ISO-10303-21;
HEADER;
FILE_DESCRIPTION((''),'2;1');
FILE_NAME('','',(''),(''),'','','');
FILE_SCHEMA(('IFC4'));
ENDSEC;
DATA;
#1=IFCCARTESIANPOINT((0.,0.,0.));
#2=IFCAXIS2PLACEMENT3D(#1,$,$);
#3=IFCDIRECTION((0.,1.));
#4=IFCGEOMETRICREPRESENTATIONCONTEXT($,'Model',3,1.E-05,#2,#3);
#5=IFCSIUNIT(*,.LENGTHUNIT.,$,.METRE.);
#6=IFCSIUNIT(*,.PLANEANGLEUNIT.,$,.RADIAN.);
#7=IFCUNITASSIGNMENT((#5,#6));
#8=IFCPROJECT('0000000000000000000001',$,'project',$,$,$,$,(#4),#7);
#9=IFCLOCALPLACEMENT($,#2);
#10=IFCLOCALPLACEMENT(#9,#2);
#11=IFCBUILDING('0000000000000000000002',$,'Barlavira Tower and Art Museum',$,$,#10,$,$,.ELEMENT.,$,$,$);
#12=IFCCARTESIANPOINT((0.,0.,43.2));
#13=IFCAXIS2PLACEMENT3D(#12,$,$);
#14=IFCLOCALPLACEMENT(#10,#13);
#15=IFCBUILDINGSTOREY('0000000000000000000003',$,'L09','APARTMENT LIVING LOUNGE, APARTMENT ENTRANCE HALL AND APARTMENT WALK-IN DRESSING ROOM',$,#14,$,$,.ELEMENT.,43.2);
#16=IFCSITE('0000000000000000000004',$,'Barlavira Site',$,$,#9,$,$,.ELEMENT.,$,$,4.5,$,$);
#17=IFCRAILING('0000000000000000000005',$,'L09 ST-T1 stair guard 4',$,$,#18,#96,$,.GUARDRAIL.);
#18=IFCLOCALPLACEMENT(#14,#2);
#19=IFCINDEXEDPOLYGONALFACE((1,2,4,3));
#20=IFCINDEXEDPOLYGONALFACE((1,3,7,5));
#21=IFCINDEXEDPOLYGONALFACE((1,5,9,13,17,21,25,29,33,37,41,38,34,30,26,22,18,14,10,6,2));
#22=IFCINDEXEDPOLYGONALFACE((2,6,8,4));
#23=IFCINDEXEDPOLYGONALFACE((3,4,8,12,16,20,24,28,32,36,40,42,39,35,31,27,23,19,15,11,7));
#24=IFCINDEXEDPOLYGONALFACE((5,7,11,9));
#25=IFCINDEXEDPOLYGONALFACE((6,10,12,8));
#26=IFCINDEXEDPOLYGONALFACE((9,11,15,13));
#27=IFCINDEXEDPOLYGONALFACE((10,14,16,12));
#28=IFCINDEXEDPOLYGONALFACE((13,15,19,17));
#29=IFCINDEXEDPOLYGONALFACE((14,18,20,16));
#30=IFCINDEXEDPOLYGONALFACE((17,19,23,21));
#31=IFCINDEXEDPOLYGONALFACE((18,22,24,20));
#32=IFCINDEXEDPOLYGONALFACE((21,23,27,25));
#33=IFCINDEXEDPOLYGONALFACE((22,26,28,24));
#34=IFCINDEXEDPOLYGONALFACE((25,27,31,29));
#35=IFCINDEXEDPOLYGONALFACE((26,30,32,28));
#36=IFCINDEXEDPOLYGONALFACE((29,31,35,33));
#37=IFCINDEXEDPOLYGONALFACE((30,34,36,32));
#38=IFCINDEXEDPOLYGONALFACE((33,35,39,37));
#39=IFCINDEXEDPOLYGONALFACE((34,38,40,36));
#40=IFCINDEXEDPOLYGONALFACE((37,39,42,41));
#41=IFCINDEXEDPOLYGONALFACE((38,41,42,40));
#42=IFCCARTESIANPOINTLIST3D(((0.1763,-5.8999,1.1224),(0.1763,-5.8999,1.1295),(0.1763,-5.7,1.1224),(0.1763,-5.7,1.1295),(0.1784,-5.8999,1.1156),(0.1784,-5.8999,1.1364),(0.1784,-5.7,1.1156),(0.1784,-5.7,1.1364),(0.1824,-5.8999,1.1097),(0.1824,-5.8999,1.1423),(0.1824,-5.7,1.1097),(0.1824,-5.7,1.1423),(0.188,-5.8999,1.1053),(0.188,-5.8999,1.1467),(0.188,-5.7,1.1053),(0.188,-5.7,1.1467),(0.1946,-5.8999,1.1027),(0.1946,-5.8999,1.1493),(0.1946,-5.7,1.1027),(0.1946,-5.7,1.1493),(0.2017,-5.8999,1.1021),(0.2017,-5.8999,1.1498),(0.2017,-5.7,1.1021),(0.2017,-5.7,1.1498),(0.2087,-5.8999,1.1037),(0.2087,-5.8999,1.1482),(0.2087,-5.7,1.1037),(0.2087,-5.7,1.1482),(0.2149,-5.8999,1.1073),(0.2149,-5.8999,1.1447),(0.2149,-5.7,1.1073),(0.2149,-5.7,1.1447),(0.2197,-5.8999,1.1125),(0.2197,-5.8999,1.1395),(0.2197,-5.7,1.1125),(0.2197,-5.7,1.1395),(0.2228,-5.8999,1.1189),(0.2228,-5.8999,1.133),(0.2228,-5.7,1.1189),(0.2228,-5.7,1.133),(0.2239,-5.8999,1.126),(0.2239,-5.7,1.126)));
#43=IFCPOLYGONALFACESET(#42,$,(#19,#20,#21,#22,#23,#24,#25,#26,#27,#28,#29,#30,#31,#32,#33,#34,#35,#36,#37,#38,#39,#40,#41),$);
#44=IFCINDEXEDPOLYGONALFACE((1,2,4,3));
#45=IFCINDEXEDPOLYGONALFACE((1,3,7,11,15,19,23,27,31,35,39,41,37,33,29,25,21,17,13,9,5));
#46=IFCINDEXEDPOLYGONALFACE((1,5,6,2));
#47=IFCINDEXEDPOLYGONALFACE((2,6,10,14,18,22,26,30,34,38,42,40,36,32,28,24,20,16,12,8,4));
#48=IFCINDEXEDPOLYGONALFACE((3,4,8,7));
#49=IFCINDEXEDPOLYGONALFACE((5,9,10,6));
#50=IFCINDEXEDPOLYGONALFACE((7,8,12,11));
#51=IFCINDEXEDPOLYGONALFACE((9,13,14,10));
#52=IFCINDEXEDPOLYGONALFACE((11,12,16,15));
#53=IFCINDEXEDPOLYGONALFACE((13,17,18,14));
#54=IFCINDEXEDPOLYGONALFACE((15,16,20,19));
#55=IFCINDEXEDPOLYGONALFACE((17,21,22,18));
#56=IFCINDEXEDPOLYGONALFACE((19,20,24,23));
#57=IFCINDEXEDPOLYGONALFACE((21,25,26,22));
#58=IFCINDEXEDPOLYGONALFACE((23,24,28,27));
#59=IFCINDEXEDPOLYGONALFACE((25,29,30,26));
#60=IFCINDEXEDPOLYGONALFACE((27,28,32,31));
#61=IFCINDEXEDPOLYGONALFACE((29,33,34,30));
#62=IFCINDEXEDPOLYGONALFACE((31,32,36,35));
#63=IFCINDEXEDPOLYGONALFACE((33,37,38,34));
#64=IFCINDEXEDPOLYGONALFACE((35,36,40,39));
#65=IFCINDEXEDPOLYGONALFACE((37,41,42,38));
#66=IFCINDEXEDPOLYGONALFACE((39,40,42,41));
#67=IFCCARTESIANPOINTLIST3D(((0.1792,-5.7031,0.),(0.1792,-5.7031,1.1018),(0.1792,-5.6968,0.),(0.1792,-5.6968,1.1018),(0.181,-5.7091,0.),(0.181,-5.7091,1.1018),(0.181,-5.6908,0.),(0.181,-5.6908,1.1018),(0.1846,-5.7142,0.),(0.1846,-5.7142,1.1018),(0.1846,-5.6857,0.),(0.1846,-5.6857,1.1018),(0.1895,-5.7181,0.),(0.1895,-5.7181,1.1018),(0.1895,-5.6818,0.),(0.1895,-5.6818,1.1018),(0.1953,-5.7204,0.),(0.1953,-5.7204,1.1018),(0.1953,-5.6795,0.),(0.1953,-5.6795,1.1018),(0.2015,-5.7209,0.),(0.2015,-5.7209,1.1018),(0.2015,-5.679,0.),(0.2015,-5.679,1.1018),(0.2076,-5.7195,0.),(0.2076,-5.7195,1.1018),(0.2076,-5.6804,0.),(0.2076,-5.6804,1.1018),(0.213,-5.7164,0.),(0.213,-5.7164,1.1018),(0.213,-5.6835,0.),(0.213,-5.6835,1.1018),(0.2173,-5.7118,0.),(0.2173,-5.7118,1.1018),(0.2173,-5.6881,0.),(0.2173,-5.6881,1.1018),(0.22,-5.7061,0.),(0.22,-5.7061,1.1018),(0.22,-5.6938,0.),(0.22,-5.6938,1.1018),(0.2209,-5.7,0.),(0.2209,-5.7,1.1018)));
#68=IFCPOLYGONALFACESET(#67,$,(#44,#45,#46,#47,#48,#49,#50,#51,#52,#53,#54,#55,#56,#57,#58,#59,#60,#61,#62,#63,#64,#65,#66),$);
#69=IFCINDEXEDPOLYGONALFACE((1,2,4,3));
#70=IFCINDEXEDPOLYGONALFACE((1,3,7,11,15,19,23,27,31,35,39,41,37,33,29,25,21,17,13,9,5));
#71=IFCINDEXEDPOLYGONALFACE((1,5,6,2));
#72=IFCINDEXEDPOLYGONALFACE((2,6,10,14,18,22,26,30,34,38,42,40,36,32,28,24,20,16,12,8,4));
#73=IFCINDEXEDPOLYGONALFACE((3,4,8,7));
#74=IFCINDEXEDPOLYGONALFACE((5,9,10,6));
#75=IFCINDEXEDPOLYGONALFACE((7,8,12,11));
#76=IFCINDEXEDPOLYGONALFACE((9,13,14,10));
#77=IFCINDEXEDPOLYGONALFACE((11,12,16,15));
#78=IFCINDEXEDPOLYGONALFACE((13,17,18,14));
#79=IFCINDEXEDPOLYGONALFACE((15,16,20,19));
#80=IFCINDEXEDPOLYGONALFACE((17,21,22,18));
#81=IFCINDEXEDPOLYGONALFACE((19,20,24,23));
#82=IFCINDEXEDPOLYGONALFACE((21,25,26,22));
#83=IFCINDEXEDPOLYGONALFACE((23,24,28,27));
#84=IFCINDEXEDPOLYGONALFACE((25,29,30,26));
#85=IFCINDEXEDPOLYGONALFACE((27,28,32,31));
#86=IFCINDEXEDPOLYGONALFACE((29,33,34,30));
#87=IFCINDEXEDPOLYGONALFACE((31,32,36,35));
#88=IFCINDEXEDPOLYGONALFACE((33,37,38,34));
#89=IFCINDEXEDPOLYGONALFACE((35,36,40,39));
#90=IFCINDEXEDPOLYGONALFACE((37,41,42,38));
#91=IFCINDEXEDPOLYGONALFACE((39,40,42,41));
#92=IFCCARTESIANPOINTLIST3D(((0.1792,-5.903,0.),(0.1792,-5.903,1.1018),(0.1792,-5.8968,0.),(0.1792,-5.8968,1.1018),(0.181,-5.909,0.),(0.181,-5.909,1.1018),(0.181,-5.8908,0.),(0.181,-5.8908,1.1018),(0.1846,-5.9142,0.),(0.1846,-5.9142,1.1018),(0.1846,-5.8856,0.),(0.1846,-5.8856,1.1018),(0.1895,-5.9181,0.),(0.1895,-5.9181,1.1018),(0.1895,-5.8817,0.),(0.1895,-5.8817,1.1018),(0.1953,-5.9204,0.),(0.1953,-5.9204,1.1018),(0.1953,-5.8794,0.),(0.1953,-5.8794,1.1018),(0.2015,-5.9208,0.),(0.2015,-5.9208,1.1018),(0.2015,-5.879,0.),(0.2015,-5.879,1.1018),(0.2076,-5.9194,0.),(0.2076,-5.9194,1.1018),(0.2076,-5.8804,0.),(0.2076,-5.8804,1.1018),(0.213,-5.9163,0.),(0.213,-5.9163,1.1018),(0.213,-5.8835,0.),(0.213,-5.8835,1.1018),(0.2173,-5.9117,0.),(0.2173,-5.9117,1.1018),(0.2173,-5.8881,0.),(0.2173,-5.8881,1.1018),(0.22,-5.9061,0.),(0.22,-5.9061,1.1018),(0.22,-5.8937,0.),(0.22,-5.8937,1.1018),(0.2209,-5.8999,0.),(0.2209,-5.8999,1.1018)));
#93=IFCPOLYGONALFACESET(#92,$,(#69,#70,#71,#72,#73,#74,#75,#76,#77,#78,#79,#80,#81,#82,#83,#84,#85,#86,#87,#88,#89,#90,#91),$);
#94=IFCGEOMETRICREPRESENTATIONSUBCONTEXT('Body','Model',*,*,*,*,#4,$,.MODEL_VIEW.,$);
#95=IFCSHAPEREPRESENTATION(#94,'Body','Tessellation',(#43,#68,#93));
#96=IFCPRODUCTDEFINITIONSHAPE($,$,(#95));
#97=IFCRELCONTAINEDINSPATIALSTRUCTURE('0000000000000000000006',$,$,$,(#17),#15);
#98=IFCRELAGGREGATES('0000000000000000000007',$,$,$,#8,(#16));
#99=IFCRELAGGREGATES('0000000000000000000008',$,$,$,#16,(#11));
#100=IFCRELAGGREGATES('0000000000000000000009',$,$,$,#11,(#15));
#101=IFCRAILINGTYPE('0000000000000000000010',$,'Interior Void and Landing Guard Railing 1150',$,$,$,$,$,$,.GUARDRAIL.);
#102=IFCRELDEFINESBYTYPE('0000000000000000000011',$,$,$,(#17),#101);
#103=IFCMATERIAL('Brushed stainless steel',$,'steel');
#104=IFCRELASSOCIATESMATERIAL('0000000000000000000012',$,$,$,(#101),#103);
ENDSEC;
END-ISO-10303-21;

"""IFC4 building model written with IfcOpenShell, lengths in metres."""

from ifc_helpers import new_model, si_unit, direction, frame, origin, origin_2d, place, context, subcontext, project, spatial, circle, extrude, material, type_object, element, save


model = new_model("IFC4")

# Units and contexts
model_context = context("Model", 3, precision=1e-05, world=origin(), true_north=direction((0.0, 1.0)))
body_context = subcontext(model_context, "Body", "Model", "MODEL_VIEW")
ifc_project = project(units=[si_unit("LENGTHUNIT", "METRE"), si_unit("PLANEANGLEUNIT", "RADIAN")], contexts=[model_context])

# Site, building, storey
site_placement = place(None, origin())
site = spatial("IfcSite", under=ifc_project, at=site_placement, Name="Barlavira Site", CompositionType="ELEMENT", RefElevation=4.5)
building_placement = place(site_placement, origin())
building = spatial("IfcBuilding", under=site, at=building_placement, Name="Barlavira Tower and Art Museum", CompositionType="ELEMENT")
storey_placement = place(building_placement, frame((0.0, 0.0, 43.2)))
storey = spatial("IfcBuildingStorey", under=building, at=storey_placement, Name="L09", Description="APARTMENT LIVING LOUNGE, APARTMENT ENTRANCE HALL AND APARTMENT WALK-IN DRESSING ROOM", CompositionType="ELEMENT", Elevation=43.2)

# Shared definitions
ifc_material_1 = material(Name="Brushed stainless steel", Category="steel")

# Railing
railing_type_1 = type_object("IfcRailingType", Name="Interior Void and Landing Guard Railing 1150", PredefinedType="GUARDRAIL", material=ifc_material_1)
railing_1_placement = place(storey_placement, frame((0.2, -5.7, 0.0)))
element("IfcRailing", 1, at=railing_1_placement, inside=storey, type_object=railing_type_1, Name="L09 ST-T1 stair guard 4", PredefinedType="GUARDRAIL", context=body_context, shape_type="SweptSolid", body=[
    extrude(circle(Radius=0.0239, at=origin_2d()), frame((0.0, 0.0, 1.126), z_axis=(0.0, -1.0, 0.0), x_axis=(1.0, 0.0, 0.0)), (0.0, 0.0, 1.0), 0.2),
    extrude(circle(Radius=0.021, at=origin_2d()), origin(), (0.0, 0.0, 1.0), 1.1018),
    extrude(circle(Radius=0.021, at=origin_2d()), frame((0.0, -0.2, 0.0)), (0.0, 0.0, 1.0), 1.1018),
])

save(model, "model.ifc")
